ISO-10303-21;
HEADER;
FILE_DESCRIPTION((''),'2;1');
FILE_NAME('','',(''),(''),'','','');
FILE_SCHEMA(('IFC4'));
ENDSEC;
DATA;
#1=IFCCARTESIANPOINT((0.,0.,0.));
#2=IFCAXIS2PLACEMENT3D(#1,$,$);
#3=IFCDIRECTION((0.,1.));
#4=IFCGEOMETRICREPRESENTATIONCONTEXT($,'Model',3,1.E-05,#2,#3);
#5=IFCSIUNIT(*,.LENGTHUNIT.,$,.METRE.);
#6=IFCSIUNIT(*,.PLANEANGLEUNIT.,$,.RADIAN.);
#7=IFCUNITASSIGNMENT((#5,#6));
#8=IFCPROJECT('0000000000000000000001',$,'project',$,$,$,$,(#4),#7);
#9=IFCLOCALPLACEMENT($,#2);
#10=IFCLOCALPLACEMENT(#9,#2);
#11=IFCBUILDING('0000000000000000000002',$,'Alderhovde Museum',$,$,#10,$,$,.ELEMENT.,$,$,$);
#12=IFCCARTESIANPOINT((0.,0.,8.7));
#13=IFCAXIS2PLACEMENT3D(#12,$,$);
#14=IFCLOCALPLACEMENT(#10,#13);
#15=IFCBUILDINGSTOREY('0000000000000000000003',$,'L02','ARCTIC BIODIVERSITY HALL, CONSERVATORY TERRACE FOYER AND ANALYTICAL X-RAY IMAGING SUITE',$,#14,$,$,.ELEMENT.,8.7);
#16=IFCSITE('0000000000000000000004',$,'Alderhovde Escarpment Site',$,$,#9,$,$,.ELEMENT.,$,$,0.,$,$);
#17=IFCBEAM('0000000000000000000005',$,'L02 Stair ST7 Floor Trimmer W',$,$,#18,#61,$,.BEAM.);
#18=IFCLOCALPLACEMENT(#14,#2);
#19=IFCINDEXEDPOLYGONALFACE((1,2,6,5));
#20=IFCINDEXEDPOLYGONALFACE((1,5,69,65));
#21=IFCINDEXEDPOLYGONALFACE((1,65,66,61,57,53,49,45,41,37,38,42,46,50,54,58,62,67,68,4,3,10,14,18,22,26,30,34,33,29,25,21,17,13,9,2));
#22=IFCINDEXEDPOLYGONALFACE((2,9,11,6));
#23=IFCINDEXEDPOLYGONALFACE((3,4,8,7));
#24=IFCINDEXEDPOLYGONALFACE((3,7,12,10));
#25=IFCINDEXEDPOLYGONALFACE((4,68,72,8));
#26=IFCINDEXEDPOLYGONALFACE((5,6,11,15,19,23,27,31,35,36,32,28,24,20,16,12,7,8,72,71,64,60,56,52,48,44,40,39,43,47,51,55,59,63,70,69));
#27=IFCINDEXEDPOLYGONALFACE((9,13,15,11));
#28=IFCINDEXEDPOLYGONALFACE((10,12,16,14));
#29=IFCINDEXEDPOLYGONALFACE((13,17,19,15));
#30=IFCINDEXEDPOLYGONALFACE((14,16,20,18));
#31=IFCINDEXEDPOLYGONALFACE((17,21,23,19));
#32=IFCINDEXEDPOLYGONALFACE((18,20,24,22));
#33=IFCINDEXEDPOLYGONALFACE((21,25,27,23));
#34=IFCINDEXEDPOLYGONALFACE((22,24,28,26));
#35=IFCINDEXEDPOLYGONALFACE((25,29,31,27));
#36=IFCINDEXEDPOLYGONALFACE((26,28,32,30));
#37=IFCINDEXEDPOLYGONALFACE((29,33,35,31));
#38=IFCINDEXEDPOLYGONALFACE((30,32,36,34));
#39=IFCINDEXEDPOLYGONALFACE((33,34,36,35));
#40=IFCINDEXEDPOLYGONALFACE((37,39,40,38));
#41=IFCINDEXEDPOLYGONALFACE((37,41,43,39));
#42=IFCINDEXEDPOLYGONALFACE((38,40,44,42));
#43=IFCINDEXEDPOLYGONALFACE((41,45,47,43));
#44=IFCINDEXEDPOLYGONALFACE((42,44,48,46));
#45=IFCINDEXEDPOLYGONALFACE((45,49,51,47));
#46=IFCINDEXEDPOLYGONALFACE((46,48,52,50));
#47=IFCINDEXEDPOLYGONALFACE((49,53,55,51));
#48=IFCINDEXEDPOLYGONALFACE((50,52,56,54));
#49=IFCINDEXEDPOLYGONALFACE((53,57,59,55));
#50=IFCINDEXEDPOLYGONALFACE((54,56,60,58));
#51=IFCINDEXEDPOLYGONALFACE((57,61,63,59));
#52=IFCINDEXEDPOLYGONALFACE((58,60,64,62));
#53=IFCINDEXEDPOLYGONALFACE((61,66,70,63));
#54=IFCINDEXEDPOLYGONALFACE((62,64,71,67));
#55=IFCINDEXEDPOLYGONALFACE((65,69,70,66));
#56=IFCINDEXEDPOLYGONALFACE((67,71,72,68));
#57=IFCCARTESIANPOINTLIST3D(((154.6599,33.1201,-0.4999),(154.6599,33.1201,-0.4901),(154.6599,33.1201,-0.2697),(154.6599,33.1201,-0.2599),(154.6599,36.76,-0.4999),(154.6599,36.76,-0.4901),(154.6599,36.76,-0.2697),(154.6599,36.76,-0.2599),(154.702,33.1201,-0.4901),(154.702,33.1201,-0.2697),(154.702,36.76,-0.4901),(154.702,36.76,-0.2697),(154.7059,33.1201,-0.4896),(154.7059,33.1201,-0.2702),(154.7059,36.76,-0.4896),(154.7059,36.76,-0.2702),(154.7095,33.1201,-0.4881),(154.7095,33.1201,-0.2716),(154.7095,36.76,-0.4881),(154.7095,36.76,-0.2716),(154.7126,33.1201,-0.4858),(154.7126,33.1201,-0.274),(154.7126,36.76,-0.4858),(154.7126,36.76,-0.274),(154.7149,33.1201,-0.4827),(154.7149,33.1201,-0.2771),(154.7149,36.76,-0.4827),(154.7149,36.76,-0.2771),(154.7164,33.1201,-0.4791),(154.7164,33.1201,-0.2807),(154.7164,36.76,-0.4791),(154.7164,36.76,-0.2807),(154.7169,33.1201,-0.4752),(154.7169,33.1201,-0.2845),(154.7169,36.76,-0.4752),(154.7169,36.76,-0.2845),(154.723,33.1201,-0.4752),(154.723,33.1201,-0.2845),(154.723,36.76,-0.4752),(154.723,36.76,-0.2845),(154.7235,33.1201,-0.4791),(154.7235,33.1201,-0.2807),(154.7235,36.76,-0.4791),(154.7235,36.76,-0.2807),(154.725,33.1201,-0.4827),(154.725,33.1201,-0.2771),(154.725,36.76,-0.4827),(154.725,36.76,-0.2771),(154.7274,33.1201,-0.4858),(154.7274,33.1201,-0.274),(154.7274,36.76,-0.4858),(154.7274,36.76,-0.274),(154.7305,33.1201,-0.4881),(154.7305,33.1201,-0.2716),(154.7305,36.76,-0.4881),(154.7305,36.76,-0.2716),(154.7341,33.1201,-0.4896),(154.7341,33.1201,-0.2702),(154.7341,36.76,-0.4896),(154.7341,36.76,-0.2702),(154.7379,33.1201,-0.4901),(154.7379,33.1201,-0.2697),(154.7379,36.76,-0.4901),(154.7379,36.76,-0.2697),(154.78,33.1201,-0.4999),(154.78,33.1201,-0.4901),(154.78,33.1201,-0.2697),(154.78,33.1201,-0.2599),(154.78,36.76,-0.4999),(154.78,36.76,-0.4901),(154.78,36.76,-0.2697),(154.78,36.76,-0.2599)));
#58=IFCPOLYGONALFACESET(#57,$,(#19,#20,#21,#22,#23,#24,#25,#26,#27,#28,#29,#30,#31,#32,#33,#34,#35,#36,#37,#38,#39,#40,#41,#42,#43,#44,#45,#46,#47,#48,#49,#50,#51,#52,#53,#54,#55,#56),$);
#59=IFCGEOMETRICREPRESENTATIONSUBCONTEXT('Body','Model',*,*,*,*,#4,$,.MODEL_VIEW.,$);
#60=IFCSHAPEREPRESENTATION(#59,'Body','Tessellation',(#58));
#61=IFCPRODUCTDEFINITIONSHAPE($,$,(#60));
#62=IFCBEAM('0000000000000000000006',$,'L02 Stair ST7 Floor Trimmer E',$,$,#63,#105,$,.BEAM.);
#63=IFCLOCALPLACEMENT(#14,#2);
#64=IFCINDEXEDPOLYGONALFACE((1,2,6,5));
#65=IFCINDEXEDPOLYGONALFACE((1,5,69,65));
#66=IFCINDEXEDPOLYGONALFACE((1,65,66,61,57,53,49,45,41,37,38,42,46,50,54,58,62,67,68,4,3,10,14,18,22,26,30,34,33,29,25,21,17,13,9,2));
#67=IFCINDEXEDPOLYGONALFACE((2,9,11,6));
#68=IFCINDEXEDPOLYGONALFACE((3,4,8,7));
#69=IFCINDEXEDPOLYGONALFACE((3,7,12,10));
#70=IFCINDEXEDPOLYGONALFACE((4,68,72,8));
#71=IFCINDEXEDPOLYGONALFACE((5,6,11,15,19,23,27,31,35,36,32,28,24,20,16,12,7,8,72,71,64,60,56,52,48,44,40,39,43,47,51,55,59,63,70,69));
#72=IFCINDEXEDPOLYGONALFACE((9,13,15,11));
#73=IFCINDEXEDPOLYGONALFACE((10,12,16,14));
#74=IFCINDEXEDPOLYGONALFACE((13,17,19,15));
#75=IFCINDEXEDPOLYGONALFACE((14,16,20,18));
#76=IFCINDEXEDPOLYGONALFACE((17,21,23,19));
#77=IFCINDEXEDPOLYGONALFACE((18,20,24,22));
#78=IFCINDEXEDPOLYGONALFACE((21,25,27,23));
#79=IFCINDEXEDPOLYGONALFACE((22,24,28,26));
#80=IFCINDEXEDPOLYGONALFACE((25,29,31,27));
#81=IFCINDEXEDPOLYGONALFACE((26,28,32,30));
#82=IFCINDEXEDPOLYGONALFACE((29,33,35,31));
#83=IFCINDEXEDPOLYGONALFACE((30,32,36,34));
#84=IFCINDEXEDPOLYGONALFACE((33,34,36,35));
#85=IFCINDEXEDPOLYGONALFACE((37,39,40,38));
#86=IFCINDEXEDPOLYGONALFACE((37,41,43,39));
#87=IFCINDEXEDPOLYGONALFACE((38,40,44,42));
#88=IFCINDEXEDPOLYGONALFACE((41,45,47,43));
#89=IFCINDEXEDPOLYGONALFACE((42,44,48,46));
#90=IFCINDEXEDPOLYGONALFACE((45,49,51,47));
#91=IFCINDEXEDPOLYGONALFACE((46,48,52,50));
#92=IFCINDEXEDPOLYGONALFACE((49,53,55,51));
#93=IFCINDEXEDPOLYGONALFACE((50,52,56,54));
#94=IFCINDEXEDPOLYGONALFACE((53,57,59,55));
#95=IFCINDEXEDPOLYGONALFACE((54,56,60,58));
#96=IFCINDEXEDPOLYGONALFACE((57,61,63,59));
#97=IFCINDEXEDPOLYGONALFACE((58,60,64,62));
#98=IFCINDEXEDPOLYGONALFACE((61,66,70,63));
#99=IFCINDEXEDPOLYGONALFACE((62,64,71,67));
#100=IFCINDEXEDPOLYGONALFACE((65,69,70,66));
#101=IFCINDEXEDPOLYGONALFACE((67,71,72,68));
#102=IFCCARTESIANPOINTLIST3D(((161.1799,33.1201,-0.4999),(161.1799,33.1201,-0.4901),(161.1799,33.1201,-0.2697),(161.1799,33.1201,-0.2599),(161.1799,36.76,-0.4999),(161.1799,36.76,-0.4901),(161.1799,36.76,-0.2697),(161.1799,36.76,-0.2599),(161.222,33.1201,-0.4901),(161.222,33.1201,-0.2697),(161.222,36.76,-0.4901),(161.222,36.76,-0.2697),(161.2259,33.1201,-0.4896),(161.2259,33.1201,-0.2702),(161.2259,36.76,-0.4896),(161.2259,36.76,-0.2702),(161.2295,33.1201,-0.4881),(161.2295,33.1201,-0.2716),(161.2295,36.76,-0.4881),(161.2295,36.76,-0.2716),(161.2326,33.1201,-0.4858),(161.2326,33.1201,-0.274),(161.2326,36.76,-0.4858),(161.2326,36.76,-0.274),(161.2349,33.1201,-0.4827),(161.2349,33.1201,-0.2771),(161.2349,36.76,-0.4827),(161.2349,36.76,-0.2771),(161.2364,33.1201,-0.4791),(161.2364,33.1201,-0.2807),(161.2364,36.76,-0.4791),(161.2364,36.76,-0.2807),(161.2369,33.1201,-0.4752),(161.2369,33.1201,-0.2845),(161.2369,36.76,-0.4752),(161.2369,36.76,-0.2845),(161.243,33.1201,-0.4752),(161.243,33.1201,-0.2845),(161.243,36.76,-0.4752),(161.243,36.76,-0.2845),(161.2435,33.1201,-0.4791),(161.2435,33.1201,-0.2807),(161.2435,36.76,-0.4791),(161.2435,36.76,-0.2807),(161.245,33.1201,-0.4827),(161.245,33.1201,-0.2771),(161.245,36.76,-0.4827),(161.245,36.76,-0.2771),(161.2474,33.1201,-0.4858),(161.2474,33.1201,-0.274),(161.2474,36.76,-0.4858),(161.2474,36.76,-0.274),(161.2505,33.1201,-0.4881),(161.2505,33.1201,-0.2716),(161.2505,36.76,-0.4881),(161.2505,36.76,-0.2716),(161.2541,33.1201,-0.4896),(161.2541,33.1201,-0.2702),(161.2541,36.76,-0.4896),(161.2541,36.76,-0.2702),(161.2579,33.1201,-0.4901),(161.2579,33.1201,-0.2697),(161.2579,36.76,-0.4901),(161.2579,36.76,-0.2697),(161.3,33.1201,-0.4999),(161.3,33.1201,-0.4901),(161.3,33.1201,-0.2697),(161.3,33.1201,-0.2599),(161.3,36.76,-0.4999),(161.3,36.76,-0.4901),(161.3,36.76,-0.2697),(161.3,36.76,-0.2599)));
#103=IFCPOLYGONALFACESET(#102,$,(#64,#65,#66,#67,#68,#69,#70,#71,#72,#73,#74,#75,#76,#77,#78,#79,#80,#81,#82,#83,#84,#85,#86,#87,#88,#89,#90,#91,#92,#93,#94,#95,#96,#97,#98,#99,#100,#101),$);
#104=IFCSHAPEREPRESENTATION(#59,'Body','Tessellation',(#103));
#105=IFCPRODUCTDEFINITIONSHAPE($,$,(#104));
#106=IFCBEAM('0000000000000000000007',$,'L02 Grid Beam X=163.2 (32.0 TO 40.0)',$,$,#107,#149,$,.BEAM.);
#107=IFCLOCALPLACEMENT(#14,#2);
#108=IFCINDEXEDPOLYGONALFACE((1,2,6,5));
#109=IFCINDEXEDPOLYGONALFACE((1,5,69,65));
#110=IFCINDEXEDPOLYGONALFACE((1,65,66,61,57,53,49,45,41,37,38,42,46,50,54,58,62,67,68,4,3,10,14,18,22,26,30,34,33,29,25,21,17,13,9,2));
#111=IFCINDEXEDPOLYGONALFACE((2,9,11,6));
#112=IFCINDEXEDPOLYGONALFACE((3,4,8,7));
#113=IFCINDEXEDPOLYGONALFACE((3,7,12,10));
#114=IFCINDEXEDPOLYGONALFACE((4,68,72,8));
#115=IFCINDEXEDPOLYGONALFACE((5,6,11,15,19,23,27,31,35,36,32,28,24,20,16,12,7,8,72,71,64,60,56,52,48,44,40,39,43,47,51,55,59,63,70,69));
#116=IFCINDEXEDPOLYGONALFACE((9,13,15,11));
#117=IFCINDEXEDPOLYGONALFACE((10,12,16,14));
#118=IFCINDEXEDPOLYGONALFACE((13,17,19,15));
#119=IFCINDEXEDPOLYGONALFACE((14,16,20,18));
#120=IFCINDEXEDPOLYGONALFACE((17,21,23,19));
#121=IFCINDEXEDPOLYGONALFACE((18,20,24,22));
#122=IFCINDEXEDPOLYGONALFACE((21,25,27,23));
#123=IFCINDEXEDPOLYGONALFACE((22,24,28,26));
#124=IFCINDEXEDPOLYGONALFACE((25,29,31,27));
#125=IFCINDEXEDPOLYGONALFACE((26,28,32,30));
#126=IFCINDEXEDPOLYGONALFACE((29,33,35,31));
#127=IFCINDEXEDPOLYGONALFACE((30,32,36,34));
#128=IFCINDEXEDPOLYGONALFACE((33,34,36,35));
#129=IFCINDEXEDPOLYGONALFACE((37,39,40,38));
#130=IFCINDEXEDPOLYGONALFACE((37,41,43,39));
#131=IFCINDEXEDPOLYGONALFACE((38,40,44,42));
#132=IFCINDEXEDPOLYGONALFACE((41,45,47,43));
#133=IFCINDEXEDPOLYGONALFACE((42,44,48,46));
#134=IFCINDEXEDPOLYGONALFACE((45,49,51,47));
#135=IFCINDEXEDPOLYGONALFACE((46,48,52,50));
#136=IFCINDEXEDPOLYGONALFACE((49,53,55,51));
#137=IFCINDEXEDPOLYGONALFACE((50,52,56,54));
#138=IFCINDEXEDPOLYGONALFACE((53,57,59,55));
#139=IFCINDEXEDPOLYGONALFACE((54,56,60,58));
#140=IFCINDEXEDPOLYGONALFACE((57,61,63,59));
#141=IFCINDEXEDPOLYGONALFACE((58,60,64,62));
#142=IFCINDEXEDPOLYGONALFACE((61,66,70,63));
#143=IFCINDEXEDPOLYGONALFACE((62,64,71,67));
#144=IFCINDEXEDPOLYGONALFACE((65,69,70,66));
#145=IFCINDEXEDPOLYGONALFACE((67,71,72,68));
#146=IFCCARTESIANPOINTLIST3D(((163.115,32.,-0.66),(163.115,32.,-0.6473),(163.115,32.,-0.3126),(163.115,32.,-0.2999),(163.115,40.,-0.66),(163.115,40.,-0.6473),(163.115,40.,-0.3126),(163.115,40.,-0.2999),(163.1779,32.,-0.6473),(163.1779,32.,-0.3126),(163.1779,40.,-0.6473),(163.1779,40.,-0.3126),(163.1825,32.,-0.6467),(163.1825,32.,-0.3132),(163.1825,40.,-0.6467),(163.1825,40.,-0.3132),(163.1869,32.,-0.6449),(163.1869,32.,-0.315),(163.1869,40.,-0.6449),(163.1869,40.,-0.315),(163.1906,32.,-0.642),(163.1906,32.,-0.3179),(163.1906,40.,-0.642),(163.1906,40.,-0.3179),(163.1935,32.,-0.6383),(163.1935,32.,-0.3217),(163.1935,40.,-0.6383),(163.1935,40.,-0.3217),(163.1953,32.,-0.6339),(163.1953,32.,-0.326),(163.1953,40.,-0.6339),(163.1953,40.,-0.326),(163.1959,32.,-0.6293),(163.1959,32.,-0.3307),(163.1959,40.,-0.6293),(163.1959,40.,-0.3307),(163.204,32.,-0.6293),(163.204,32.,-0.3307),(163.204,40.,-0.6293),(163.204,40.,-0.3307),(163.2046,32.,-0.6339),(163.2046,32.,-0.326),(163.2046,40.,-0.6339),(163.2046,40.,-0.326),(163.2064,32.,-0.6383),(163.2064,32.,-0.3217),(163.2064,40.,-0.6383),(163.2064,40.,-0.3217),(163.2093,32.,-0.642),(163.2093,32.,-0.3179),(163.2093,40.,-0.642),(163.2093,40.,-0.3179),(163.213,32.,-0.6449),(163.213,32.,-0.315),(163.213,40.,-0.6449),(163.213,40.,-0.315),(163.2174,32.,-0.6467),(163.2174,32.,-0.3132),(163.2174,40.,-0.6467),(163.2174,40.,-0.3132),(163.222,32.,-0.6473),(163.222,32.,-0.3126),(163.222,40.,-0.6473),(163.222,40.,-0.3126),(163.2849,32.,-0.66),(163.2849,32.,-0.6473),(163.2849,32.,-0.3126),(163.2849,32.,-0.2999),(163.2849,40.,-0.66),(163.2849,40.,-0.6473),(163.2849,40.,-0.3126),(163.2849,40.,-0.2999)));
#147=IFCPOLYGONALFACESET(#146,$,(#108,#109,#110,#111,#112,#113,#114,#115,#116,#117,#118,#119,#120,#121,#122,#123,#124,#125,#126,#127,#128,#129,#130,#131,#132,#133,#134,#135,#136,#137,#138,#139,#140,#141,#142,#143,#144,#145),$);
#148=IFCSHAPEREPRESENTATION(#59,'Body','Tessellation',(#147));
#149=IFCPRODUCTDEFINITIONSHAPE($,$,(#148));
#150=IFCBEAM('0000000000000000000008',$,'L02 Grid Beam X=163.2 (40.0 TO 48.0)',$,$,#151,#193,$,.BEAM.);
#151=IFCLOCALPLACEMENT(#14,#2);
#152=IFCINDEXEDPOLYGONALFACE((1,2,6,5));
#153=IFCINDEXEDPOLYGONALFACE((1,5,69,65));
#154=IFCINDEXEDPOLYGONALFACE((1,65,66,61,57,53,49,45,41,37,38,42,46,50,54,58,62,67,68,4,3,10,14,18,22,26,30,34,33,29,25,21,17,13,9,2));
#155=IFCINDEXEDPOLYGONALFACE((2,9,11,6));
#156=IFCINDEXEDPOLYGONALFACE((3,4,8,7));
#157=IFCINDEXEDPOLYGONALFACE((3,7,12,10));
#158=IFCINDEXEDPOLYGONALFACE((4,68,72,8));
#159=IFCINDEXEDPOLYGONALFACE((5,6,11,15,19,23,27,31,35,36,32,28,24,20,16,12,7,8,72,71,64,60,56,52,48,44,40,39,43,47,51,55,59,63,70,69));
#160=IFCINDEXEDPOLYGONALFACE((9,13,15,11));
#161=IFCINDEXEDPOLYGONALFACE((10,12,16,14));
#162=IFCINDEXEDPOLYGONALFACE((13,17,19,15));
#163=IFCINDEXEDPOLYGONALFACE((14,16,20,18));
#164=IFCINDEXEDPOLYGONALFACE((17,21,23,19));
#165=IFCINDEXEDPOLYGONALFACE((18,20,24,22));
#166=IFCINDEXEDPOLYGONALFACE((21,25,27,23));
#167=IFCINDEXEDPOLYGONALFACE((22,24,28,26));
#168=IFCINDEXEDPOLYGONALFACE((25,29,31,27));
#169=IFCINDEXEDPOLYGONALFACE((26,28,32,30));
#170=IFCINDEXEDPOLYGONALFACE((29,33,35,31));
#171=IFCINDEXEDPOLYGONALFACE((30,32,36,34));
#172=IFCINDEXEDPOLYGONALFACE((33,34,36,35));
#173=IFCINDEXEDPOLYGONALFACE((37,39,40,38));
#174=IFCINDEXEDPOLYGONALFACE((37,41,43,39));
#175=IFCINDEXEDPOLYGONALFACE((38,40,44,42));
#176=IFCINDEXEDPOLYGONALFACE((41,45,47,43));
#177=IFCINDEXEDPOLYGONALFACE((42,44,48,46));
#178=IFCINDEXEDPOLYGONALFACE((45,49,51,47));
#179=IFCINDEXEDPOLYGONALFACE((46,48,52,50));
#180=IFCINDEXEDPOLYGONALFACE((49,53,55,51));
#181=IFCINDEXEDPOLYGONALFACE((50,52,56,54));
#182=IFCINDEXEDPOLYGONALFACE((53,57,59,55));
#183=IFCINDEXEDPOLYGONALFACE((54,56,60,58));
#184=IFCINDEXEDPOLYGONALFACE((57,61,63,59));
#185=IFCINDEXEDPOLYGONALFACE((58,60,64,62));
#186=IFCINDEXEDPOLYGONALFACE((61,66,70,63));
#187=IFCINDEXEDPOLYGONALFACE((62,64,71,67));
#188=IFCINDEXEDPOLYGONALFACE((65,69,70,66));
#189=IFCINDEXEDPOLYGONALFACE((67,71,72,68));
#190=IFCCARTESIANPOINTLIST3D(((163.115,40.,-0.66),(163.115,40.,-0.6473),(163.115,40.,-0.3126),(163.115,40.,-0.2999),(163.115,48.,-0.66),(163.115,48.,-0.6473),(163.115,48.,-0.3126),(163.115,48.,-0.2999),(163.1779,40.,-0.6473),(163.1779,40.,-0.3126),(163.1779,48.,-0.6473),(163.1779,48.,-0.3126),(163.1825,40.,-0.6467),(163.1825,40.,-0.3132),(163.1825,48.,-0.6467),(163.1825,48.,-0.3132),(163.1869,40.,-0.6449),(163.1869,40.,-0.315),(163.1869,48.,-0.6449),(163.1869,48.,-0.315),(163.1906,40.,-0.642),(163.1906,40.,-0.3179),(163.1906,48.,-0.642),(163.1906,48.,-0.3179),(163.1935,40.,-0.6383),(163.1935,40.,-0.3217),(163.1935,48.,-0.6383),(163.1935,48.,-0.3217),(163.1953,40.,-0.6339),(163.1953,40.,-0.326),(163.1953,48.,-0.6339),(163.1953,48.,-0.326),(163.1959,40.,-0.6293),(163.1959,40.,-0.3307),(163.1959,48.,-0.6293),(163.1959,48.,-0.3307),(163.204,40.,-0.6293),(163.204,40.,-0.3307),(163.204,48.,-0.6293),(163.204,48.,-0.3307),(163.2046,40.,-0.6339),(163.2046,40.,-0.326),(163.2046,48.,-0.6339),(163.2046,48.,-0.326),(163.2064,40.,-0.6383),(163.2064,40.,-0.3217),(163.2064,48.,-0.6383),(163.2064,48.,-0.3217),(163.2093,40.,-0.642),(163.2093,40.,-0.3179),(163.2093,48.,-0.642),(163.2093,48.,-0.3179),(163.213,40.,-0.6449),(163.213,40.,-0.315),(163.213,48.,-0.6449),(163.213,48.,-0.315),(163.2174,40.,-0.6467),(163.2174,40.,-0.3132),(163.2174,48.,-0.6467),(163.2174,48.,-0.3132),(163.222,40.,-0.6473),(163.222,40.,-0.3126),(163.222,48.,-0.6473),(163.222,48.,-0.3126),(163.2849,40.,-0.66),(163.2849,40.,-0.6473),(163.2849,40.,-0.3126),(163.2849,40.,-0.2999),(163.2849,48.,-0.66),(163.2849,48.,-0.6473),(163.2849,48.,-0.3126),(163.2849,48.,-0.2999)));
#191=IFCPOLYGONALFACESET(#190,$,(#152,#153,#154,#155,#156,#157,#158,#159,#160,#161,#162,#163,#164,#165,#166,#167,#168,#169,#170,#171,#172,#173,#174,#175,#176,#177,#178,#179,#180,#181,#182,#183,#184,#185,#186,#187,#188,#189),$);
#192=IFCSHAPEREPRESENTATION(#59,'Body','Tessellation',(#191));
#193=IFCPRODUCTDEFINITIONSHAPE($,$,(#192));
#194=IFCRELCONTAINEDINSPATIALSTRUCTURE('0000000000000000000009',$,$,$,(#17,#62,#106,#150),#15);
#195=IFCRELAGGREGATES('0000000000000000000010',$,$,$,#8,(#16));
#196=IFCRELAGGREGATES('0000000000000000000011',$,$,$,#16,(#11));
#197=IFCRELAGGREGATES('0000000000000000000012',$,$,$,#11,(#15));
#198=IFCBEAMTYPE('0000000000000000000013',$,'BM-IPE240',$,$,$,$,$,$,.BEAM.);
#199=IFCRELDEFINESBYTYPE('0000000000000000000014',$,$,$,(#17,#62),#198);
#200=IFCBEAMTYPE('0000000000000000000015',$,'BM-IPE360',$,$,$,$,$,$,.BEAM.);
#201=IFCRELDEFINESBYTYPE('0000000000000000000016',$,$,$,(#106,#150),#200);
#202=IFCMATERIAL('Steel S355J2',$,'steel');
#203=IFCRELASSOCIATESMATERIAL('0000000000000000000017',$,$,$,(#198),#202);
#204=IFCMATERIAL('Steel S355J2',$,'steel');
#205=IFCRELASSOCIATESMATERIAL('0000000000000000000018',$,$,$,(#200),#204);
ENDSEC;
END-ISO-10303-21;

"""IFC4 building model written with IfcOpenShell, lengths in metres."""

from ifc_helpers import new_model, si_unit, direction, frame, origin, origin_2d, place, context, subcontext, project, spatial, i_section, extrude, material, material_profile, profile_set, type_object, element, save


model = new_model("IFC4")

# Units and contexts
model_context = context("Model", 3, precision=1e-05, world=origin(), true_north=direction((0.0, 1.0)))
body_context = subcontext(model_context, "Body", "Model", "MODEL_VIEW")
ifc_project = project(units=[si_unit("LENGTHUNIT", "METRE"), si_unit("PLANEANGLEUNIT", "RADIAN")], contexts=[model_context])

# Site, building, storey
site_placement = place(None, origin())
site = spatial("IfcSite", under=ifc_project, at=site_placement, Name="Alderhovde Escarpment Site", CompositionType="ELEMENT", RefElevation=0.0)
building_placement = place(site_placement, origin())
building = spatial("IfcBuilding", under=site, at=building_placement, Name="Alderhovde Museum", CompositionType="ELEMENT")
storey_placement = place(building_placement, frame((0.0, 0.0, 8.7)))
storey = spatial("IfcBuildingStorey", under=building, at=storey_placement, Name="L02", Description="ARCTIC BIODIVERSITY HALL, CONSERVATORY TERRACE FOYER AND ANALYTICAL X-RAY IMAGING SUITE", CompositionType="ELEMENT", Elevation=8.7)

# Beams
ifc_material_1 = material(Name="Steel S355J2", Category="steel")
ifc_material_profile_1 = material_profile(ifc_material_1, i_section(OverallWidth=0.1201, OverallDepth=0.24, WebThickness=0.0061, FlangeThickness=0.0098, FilletRadius=0.0149, at=origin_2d()), Name="IPE 240")
ifc_profile_set_1 = profile_set([ifc_material_profile_1], Name="Steel S355J2")
beam_type_1 = type_object("IfcBeamType", Name="BM-IPE240", PredefinedType="BEAM", material=ifc_profile_set_1)
for number, where, z_axis, x_axis, name in (
    (1, (154.72, 33.1201, -0.3799), (0.0, 1.0, 0.0), (-1.0, 0.0, 0.0), "L02 Stair ST7 Floor Trimmer W"),
    (2, (161.24, 33.1201, -0.3799), (0.0, 1.0, 0.0), (-1.0, 0.0, 0.0), "L02 Stair ST7 Floor Trimmer E"),
):
    element("IfcBeam", number, at=place(storey_placement, frame(where, z_axis=z_axis, x_axis=x_axis)), inside=storey, type_object=beam_type_1, Name=name, PredefinedType="BEAM", context=body_context, shape_type="SweptSolid", body=[
        extrude(i_section(OverallWidth=0.1201, OverallDepth=0.24, WebThickness=0.0061, FlangeThickness=0.0098, FilletRadius=0.0149, at=origin_2d()), origin(), (0.0, 0.0, 1.0), 3.6399),
    ])
ifc_material_2 = material(Name="Steel S355J2", Category="steel")
ifc_material_profile_2 = material_profile(ifc_material_2, i_section(OverallWidth=0.1699, OverallDepth=0.3601, WebThickness=0.0081, FlangeThickness=0.0127, FilletRadius=0.0181, at=origin_2d()), Name="IPE 360")
ifc_profile_set_2 = profile_set([ifc_material_profile_2], Name="Steel S355J2")
beam_type_2 = type_object("IfcBeamType", Name="BM-IPE360", PredefinedType="BEAM", material=ifc_profile_set_2)
for number, where, z_axis, x_axis, name in (
    (3, (163.2, 32.0, -0.48), (0.0, 1.0, 0.0), (-1.0, 0.0, 0.0), "L02 Grid Beam X=163.2 (32.0 TO 40.0)"),
    (4, (163.2, 40.0, -0.48), (0.0, 1.0, 0.0), (-1.0, 0.0, 0.0), "L02 Grid Beam X=163.2 (40.0 TO 48.0)"),
):
    element("IfcBeam", number, at=place(storey_placement, frame(where, z_axis=z_axis, x_axis=x_axis)), inside=storey, type_object=beam_type_2, Name=name, PredefinedType="BEAM", context=body_context, shape_type="SweptSolid", body=[
        extrude(i_section(OverallWidth=0.1699, OverallDepth=0.3601, WebThickness=0.0081, FlangeThickness=0.0127, FilletRadius=0.0181, at=origin_2d()), origin(), (0.0, 0.0, 1.0), 8.0),
    ])

save(model, "model.ifc")
